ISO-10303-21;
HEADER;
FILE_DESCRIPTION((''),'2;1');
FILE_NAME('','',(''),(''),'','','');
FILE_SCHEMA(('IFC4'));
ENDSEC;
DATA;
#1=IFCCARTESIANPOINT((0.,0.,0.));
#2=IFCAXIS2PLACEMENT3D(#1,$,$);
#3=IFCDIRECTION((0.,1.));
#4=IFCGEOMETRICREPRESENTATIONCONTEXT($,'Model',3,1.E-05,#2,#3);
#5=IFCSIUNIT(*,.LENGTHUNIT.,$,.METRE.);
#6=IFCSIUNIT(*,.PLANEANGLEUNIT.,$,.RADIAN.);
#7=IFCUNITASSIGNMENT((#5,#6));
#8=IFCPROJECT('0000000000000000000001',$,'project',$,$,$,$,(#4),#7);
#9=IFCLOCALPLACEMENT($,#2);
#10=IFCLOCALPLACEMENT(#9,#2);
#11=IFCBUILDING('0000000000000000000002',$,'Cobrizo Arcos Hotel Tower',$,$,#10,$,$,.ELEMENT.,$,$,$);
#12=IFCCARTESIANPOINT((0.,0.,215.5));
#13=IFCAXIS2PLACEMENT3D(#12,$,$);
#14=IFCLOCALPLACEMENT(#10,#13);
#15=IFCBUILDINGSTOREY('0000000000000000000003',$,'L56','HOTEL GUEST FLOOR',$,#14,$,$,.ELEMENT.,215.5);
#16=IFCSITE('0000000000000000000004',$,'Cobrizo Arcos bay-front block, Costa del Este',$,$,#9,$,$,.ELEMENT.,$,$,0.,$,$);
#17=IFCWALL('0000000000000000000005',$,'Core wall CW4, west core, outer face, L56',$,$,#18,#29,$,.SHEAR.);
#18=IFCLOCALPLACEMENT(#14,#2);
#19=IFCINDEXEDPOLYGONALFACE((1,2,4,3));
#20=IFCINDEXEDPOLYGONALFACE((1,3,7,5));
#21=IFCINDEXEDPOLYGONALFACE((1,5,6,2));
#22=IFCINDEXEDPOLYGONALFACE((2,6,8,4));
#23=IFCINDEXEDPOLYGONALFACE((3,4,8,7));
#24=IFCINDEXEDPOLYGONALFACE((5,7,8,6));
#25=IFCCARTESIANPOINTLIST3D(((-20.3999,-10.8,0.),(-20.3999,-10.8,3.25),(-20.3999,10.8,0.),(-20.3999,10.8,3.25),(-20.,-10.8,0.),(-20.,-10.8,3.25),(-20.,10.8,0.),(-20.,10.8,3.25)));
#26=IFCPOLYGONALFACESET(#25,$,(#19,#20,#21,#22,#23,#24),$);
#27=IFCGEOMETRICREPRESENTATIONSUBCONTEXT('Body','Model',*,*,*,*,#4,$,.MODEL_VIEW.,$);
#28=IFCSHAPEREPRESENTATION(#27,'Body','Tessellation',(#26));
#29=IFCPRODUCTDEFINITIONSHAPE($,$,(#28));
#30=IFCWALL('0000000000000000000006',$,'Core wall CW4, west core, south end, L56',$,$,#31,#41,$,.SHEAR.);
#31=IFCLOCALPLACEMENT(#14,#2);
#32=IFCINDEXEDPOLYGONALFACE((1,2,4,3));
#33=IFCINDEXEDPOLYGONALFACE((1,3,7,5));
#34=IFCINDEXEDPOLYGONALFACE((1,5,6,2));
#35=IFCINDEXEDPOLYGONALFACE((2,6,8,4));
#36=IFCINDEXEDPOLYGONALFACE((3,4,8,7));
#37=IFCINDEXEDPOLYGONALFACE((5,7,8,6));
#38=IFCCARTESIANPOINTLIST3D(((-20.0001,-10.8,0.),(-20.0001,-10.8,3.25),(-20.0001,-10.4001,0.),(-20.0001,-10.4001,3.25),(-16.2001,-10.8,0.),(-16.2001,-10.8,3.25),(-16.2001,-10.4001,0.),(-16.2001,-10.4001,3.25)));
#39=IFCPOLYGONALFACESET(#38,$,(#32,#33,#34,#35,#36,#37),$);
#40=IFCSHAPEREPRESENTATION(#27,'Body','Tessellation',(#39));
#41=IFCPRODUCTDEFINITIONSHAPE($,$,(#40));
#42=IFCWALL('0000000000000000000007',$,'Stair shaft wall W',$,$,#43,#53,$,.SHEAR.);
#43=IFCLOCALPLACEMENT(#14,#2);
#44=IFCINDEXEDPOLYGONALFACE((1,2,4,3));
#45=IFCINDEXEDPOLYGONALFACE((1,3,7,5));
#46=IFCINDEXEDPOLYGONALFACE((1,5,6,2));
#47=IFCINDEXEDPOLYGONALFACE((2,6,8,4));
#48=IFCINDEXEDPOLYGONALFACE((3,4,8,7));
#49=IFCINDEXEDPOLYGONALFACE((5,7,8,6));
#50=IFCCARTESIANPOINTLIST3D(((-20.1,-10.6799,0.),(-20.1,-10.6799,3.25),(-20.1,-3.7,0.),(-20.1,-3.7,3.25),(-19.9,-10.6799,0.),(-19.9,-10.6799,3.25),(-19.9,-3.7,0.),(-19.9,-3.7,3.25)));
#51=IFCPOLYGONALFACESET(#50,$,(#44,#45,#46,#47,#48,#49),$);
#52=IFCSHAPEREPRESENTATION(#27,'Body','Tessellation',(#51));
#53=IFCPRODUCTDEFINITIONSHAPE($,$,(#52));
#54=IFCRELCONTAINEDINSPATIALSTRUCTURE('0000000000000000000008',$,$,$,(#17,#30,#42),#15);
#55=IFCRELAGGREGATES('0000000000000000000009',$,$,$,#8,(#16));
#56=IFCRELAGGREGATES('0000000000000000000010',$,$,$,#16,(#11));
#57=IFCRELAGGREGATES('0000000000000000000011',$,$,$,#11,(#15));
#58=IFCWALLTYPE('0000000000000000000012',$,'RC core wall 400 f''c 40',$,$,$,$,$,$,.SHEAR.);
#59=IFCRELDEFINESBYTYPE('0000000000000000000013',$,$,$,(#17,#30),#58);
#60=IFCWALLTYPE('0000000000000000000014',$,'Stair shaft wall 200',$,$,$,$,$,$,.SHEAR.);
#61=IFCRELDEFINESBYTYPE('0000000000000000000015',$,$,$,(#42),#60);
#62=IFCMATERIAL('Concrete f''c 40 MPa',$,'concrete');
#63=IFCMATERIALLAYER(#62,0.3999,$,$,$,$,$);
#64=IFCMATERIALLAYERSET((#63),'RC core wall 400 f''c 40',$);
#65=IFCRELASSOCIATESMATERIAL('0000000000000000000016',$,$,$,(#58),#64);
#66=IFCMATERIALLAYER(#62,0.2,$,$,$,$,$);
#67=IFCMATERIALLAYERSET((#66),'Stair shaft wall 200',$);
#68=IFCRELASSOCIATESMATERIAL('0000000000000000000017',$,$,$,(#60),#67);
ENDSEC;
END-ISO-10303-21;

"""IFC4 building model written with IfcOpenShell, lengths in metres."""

from ifc_helpers import new_model, si_unit, direction, frame, frame_2d, origin, place, context, subcontext, project, spatial, rectangle, extrude, material, layer, layer_set, type_object, element, save


model = new_model("IFC4")

# Units and contexts
model_context = context("Model", 3, precision=1e-05, world=origin(), true_north=direction((0.0, 1.0)))
body_context = subcontext(model_context, "Body", "Model", "MODEL_VIEW")
ifc_project = project(units=[si_unit("LENGTHUNIT", "METRE"), si_unit("PLANEANGLEUNIT", "RADIAN")], contexts=[model_context])

# Site, building, storey
site_placement = place(None, origin())
site = spatial("IfcSite", under=ifc_project, at=site_placement, Name="Cobrizo Arcos bay-front block, Costa del Este", CompositionType="ELEMENT", RefElevation=0.0)
building_placement = place(site_placement, origin())
building = spatial("IfcBuilding", under=site, at=building_placement, Name="Cobrizo Arcos Hotel Tower", CompositionType="ELEMENT")
storey_placement = place(building_placement, frame((0.0, 0.0, 215.5)))
storey = spatial("IfcBuildingStorey", under=building, at=storey_placement, Name="L56", Description="HOTEL GUEST FLOOR", CompositionType="ELEMENT", Elevation=215.5)

# Shared definitions
ifc_material_1 = material(Name="Concrete f'c 40 MPa", Category="concrete")
ifc_layer_1 = layer(ifc_material_1, 0.3999)
ifc_layer_set_1 = layer_set([ifc_layer_1], Name="RC core wall 400 f'c 40")
wall_type_1 = type_object("IfcWallType", Name="RC core wall 400 f'c 40", PredefinedType="SHEAR", material=ifc_layer_set_1)

# Walls
wall_1_placement = place(storey_placement, frame((-20.2, -10.8, 0.0), z_axis=(0.0, 0.0, 1.0), x_axis=(0.0, 1.0, 0.0)))
element("IfcWall", 1, at=wall_1_placement, inside=storey, type_object=wall_type_1, Name="Core wall CW4, west core, outer face, L56", PredefinedType="SHEAR", context=body_context, shape_type="SweptSolid", body=[
    extrude(rectangle(XDim=21.6001, YDim=0.3999, at=frame_2d((10.8, 0.0))), origin(), (0.0, 0.0, 1.0), 3.25),
])
wall_2_placement = place(storey_placement, frame((-20.0, -10.6001, 0.0), z_axis=(0.0, 0.0, 1.0), x_axis=(1.0, 0.0, 0.0)))
element("IfcWall", 2, at=wall_2_placement, inside=storey, type_object=wall_type_1, Name="Core wall CW4, west core, south end, L56", PredefinedType="SHEAR", context=body_context, shape_type="SweptSolid", body=[
    extrude(rectangle(XDim=3.8, YDim=0.3999, at=frame_2d((1.8999, 0.0))), origin(), (0.0, 0.0, 1.0), 3.25),
])
ifc_layer_2 = layer(ifc_material_1, 0.2)
ifc_layer_set_2 = layer_set([ifc_layer_2], Name="Stair shaft wall 200")
wall_type_2 = type_object("IfcWallType", Name="Stair shaft wall 200", PredefinedType="SHEAR", material=ifc_layer_set_2)
wall_3_placement = place(storey_placement, frame((-20.0, -10.6799, 0.0), z_axis=(0.0, 0.0, 1.0), x_axis=(0.0, 1.0, 0.0)))
element("IfcWall", 3, at=wall_3_placement, inside=storey, type_object=wall_type_2, Name="Stair shaft wall W", PredefinedType="SHEAR", context=body_context, shape_type="SweptSolid", body=[
    extrude(rectangle(XDim=6.98, YDim=0.2, at=frame_2d((3.49, 0.0))), origin(), (0.0, 0.0, 1.0), 3.25),
])

save(model, "model.ifc")
